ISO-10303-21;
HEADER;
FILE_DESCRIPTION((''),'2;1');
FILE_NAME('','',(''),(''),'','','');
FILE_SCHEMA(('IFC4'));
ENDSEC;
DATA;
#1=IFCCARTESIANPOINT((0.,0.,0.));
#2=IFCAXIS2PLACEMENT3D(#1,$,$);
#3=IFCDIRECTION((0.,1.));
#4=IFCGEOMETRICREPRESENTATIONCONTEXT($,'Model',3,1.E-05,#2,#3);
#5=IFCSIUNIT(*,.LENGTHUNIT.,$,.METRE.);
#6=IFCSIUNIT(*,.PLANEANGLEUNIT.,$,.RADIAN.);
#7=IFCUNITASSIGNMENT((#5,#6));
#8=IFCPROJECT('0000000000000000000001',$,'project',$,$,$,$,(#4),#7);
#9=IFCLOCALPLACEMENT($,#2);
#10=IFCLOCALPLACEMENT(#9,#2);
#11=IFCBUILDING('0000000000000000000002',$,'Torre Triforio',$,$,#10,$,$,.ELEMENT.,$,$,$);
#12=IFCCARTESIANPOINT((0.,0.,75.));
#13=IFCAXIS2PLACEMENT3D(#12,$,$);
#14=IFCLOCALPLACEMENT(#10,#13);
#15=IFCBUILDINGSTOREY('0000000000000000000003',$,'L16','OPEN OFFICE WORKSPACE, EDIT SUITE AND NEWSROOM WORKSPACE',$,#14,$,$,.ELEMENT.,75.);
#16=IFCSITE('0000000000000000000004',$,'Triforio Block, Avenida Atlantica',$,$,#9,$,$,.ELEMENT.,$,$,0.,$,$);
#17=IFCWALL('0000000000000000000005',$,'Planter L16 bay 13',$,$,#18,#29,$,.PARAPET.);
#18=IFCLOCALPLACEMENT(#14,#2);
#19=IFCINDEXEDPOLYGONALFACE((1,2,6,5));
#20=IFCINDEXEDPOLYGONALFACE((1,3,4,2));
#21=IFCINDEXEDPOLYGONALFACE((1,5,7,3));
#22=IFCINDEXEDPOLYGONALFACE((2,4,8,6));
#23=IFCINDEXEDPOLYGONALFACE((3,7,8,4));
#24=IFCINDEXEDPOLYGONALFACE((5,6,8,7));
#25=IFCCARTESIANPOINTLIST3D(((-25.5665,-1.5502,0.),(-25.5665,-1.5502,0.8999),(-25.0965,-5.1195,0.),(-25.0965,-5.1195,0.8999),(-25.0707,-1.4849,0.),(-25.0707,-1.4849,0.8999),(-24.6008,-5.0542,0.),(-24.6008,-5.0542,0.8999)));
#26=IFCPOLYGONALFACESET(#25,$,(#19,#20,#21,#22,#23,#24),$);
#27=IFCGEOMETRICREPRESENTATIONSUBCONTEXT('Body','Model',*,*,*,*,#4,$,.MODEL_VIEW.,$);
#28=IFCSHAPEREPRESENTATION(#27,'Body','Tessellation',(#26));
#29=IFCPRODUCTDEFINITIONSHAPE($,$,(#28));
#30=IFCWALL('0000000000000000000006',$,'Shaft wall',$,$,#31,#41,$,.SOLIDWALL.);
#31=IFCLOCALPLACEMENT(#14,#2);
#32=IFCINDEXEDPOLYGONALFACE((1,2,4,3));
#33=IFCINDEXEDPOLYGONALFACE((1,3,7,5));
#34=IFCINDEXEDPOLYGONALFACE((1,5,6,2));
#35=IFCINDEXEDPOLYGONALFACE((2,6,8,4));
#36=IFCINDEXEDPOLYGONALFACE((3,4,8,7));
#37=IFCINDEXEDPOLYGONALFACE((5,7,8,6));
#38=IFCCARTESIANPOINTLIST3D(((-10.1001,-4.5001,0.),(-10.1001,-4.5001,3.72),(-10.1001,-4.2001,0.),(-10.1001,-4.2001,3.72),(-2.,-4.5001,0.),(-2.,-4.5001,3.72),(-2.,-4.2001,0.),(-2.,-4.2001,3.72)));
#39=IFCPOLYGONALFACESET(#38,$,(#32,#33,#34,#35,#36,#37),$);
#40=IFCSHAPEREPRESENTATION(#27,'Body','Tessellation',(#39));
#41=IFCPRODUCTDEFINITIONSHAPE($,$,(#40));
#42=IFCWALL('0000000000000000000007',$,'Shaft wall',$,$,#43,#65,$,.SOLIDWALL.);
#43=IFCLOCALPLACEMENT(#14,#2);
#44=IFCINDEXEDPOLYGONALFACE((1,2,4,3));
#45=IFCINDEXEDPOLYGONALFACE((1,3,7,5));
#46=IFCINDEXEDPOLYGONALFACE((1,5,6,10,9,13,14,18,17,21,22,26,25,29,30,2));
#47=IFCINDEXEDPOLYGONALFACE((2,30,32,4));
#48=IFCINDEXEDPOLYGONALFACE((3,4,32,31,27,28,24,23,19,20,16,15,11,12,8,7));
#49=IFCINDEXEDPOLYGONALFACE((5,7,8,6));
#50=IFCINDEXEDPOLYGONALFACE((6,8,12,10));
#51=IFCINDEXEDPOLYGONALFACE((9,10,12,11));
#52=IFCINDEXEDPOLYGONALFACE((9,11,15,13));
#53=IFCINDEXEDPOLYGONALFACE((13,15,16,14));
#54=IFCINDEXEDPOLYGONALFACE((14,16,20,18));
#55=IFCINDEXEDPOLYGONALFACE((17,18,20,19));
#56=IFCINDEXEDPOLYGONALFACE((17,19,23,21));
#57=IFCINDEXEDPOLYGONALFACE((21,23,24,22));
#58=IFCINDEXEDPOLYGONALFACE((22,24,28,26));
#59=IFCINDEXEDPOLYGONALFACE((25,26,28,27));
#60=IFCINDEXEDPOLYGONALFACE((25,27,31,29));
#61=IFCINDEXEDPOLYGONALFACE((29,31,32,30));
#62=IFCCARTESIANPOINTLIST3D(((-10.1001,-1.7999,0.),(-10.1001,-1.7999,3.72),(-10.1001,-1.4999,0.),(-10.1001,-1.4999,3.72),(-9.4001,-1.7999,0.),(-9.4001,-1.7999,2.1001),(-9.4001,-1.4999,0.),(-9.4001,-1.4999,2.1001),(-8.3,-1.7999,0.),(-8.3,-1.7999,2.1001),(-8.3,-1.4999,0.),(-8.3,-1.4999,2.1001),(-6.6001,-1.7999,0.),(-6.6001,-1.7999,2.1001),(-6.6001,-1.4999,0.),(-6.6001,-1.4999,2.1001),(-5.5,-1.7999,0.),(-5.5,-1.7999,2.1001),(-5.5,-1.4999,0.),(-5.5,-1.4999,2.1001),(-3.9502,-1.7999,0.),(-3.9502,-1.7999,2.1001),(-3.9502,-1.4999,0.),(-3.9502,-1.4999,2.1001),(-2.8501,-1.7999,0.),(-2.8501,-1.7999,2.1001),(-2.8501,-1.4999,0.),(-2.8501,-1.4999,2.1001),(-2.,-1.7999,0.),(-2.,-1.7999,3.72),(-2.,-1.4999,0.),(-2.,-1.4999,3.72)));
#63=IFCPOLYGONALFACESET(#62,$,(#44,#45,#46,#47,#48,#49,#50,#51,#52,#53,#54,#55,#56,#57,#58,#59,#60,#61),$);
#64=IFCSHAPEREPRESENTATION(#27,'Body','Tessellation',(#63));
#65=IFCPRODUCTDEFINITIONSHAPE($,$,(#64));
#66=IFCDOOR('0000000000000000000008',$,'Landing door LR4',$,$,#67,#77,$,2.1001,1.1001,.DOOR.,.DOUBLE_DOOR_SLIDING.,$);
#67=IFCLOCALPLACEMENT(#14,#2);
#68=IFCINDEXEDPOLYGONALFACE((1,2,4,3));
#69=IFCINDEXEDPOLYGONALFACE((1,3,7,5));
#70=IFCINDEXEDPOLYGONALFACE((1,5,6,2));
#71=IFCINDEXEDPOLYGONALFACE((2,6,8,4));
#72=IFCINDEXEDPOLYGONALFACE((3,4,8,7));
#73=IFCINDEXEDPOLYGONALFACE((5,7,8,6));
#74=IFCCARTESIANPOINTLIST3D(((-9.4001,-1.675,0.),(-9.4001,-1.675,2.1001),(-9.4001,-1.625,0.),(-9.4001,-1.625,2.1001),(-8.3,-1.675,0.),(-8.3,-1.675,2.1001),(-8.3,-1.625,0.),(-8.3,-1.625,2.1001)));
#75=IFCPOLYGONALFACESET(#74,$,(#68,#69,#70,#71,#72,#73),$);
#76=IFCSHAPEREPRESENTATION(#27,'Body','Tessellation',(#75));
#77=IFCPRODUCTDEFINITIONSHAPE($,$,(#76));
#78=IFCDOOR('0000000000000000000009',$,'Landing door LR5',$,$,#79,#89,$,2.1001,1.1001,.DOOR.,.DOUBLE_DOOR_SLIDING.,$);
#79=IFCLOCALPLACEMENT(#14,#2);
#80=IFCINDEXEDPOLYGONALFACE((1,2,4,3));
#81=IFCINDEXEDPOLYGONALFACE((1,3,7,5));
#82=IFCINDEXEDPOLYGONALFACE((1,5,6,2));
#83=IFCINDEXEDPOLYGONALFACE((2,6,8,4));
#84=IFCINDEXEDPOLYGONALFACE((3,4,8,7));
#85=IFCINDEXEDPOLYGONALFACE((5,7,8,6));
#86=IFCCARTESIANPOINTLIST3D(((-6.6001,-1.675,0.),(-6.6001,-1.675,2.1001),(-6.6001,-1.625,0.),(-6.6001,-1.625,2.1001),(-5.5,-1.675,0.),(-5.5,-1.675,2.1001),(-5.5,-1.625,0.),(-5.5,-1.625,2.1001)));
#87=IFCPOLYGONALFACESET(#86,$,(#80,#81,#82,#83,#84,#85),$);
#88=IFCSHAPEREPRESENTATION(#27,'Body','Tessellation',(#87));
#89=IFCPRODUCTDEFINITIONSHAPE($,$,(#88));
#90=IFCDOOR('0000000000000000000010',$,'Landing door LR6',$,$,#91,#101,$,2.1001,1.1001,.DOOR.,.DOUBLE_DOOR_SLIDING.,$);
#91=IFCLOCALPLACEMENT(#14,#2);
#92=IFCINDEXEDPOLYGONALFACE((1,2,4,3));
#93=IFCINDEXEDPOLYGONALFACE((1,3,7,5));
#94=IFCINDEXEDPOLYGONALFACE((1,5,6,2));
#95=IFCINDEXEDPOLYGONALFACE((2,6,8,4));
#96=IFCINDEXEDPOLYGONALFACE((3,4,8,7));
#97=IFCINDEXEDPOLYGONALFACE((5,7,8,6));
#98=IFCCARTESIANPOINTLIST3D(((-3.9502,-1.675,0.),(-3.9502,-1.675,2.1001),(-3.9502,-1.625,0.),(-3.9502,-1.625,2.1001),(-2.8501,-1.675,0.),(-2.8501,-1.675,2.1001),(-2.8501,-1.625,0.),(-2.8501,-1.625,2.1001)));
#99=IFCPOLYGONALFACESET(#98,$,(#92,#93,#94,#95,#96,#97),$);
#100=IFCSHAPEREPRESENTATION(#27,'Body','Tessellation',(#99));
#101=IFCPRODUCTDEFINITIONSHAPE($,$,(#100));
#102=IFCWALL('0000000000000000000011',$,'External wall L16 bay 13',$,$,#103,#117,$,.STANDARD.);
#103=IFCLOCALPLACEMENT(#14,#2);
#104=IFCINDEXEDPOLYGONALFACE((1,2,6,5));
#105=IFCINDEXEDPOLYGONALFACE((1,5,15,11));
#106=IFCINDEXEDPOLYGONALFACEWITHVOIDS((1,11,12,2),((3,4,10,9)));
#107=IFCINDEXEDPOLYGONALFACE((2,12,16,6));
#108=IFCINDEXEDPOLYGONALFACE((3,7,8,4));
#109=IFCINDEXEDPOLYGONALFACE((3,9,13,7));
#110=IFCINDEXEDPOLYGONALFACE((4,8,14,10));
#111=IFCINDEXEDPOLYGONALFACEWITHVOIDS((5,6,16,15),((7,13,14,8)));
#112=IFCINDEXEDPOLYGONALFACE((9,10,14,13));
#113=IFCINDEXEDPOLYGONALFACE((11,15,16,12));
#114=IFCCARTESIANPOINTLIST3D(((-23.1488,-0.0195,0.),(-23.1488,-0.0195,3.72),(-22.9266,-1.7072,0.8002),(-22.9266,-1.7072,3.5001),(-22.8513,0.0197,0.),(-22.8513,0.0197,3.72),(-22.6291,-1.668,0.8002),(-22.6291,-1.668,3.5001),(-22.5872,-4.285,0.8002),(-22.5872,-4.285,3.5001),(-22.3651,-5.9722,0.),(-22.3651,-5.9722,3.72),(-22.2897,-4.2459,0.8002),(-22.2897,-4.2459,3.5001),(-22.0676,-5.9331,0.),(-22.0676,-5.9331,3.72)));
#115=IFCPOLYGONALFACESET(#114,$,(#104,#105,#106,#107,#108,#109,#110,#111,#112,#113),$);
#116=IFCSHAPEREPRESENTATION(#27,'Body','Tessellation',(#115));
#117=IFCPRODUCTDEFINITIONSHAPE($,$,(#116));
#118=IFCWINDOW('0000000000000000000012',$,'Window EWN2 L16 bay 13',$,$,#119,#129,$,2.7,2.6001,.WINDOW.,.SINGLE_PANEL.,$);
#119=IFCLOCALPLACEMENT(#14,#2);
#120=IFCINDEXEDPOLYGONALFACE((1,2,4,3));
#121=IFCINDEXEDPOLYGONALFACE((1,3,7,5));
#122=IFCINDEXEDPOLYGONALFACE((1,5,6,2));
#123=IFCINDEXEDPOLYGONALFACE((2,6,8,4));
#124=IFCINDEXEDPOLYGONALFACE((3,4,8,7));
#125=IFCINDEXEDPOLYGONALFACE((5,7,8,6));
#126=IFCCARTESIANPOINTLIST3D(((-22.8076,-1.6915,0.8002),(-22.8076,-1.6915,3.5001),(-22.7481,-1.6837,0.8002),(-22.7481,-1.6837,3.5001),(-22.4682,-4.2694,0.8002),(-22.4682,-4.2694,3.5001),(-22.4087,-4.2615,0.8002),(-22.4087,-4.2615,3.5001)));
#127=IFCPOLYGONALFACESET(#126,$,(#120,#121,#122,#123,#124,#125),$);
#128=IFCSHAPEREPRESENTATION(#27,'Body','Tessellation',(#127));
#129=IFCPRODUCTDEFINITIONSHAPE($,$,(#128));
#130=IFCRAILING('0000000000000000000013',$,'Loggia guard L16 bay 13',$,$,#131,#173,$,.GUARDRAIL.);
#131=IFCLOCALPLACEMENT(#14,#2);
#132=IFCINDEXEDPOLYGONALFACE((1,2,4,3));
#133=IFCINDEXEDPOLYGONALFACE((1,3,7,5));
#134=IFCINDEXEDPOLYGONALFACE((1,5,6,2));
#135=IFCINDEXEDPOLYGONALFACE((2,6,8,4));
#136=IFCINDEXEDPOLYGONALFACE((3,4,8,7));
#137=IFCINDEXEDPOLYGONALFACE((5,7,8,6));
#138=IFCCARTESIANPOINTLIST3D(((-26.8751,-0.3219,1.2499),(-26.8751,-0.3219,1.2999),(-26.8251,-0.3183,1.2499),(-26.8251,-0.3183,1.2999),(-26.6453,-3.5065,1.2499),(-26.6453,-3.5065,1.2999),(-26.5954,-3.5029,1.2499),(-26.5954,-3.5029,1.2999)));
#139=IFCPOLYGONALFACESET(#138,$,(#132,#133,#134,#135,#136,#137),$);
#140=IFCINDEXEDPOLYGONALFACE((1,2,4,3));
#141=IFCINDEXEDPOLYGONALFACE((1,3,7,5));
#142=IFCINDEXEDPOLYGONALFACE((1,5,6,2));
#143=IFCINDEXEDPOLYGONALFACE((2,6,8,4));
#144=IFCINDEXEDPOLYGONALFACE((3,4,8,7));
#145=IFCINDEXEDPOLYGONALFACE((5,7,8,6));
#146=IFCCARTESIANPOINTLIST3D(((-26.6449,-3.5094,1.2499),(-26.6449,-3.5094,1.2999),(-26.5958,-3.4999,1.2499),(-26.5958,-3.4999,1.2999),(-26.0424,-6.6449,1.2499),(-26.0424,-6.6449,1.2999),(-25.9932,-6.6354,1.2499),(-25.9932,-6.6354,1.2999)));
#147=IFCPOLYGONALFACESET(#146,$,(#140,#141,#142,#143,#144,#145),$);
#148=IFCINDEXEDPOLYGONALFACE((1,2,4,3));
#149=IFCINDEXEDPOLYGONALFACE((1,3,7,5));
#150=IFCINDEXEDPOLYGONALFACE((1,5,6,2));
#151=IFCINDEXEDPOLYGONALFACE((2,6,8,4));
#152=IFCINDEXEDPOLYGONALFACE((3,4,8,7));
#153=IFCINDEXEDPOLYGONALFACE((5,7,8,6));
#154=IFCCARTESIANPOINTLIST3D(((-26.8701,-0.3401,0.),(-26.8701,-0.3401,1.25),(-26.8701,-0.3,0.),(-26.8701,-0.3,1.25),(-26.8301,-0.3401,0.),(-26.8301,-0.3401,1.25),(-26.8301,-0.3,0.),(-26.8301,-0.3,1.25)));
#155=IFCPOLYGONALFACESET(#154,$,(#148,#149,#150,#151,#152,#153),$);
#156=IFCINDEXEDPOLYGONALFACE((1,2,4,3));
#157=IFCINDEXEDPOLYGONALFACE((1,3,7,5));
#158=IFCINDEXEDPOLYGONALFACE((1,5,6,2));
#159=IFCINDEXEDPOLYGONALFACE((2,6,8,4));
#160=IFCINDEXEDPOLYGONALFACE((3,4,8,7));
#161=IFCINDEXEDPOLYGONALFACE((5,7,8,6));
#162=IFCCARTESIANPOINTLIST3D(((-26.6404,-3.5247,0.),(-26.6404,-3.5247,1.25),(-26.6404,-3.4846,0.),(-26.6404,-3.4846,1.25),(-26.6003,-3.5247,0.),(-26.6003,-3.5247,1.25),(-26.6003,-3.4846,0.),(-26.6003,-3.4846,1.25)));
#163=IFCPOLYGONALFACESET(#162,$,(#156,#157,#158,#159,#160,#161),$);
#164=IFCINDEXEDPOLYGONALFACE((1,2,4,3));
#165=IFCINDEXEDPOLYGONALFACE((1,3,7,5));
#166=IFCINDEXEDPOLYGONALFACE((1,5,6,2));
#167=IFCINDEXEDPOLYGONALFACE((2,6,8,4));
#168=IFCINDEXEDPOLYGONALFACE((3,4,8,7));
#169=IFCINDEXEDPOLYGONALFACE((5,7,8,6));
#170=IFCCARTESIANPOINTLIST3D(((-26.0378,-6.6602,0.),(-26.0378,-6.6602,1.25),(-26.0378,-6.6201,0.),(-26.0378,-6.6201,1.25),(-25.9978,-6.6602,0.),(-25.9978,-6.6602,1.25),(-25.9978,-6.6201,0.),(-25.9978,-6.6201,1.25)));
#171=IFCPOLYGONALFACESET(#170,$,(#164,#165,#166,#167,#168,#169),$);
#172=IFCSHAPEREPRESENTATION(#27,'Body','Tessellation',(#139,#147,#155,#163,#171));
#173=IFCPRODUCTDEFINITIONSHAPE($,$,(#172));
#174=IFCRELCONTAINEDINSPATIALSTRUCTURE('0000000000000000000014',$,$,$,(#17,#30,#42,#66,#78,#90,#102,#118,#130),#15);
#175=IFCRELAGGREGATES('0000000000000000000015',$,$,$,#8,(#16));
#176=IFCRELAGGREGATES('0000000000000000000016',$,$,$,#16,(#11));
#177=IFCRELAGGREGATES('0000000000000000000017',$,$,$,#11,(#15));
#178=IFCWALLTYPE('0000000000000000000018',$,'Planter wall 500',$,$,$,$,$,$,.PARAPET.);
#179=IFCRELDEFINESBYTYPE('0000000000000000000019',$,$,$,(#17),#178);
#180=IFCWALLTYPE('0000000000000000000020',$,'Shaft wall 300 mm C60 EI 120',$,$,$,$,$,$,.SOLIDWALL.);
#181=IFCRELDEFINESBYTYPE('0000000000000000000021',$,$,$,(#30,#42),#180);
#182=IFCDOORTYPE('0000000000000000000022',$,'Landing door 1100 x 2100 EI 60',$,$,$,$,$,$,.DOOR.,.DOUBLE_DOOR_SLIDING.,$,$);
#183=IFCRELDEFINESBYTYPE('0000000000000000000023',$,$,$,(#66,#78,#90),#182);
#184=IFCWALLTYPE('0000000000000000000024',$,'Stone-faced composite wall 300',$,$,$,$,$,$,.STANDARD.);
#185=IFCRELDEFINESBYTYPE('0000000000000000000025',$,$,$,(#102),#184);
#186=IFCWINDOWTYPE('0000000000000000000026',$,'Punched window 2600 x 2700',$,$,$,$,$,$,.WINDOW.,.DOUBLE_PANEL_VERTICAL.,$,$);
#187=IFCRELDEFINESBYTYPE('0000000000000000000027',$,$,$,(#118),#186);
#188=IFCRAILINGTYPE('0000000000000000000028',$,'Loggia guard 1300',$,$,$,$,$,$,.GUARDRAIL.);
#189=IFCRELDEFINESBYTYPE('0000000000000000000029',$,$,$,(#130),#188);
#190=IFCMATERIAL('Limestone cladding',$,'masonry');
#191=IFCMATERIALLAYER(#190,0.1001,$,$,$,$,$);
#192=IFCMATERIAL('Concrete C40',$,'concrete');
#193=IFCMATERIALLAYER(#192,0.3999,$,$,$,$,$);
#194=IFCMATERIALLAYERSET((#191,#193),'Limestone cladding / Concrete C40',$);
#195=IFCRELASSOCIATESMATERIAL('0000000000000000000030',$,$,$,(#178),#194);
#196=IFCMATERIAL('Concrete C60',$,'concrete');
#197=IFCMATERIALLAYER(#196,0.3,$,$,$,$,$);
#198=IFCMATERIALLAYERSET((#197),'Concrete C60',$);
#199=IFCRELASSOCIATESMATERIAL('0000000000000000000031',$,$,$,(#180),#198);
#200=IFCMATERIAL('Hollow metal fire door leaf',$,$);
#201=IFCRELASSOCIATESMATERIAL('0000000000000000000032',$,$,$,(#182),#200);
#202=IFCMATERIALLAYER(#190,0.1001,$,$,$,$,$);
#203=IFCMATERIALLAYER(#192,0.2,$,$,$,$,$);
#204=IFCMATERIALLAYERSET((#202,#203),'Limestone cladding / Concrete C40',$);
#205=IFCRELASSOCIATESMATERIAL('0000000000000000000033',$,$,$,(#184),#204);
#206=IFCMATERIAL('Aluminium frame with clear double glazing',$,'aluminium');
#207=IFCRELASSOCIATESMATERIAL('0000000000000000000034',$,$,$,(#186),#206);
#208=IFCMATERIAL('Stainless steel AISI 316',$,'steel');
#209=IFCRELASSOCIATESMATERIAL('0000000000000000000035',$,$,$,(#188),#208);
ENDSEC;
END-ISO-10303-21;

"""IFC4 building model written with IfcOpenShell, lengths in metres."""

from ifc_helpers import new_model, si_unit, direction, frame, frame_2d, origin, origin_2d, place, context, subcontext, project, spatial, rectangle, extrude, material, layer, layer_set, type_object, element, fill, save


model = new_model("IFC4")

# Units and contexts
model_context = context("Model", 3, precision=1e-05, world=origin(), true_north=direction((0.0, 1.0)))
body_context = subcontext(model_context, "Body", "Model", "MODEL_VIEW")
ifc_project = project(units=[si_unit("LENGTHUNIT", "METRE"), si_unit("PLANEANGLEUNIT", "RADIAN")], contexts=[model_context])

# Site, building, storey
site_placement = place(None, origin())
site = spatial("IfcSite", under=ifc_project, at=site_placement, Name="Triforio Block, Avenida Atlantica", CompositionType="ELEMENT", RefElevation=0.0)
building_placement = place(site_placement, origin())
building = spatial("IfcBuilding", under=site, at=building_placement, Name="Torre Triforio", CompositionType="ELEMENT")
storey_placement = place(building_placement, frame((0.0, 0.0, 75.0)))
storey = spatial("IfcBuildingStorey", under=building, at=storey_placement, Name="L16", Description="OPEN OFFICE WORKSPACE, EDIT SUITE AND NEWSROOM WORKSPACE", CompositionType="ELEMENT", Elevation=75.0)

# Shared definitions
ifc_material_1 = material(Name="Concrete C60", Category="concrete")
ifc_material_2 = material(Name="Hollow metal fire door leaf")

# Walls
ifc_material_3 = material(Name="Limestone cladding", Category="masonry")
ifc_layer_1 = layer(ifc_material_3, 0.1001)
ifc_material_4 = material(Name="Concrete C40", Category="concrete")
ifc_layer_2 = layer(ifc_material_4, 0.3999)
ifc_layer_set_1 = layer_set([ifc_layer_1, ifc_layer_2], Name="Limestone cladding / Concrete C40")
wall_type_1 = type_object("IfcWallType", Name="Planter wall 500", PredefinedType="PARAPET", material=ifc_layer_set_1)
wall_1_placement = place(storey_placement, frame((-25.3186, -1.5176, 0.0), z_axis=(0.0, 0.0, 1.0), x_axis=(0.130542, -0.991443, 0.0)))
element("IfcWall", 1, at=wall_1_placement, inside=storey, type_object=wall_type_1, Name="Planter L16 bay 13", PredefinedType="PARAPET", context=body_context, shape_type="SweptSolid", body=[
    extrude(rectangle(XDim=3.6001, YDim=0.5, at=frame_2d((1.8, 0.0))), origin(), (0.0, 0.0, 1.0), 0.8999),
])
ifc_layer_3 = layer(ifc_material_1, 0.3)
ifc_layer_set_2 = layer_set([ifc_layer_3], Name="Concrete C60")
wall_type_2 = type_object("IfcWallType", Name="Shaft wall 300 mm C60 EI 120", PredefinedType="SOLIDWALL", material=ifc_layer_set_2)
wall_2_placement = place(storey_placement, frame((-10.1001, -4.3501, 0.0), z_axis=(0.0, 0.0, 1.0), x_axis=(1.0, 0.0, 0.0)))
element("IfcWall", 2, at=wall_2_placement, inside=storey, type_object=wall_type_2, Name="Shaft wall", PredefinedType="SOLIDWALL", context=body_context, shape_type="SweptSolid", body=[
    extrude(rectangle(XDim=8.1001, YDim=0.3, at=frame_2d((4.05, 0.0))), origin(), (0.0, 0.0, 1.0), 3.72),
])

# Wall, openings, doors
wall_3_placement = place(storey_placement, frame((-10.1001, -1.6499, 0.0), z_axis=(0.0, 0.0, 1.0), x_axis=(1.0, 0.0, 0.0)))
wall_3 = element("IfcWall", 3, at=wall_3_placement, inside=storey, type_object=wall_type_2, Name="Shaft wall", PredefinedType="SOLIDWALL", context=body_context, shape_type="SweptSolid", body=[
    extrude(rectangle(XDim=8.1001, YDim=0.3, at=frame_2d((4.05, 0.0))), origin(), (0.0, 0.0, 1.0), 3.72),
])
opening_1_placement = place(wall_3_placement, frame((0.7, 0.0, 0.0)))
opening_1 = element("IfcOpeningElement", 4, at=opening_1_placement, cuts=wall_3, PredefinedType="OPENING", context=body_context, shape_type="SweptSolid", body=[
    extrude(rectangle(XDim=1.1001, YDim=2.1001, at=frame_2d((0.55, 1.05))), frame((0.0, 0.1599, 0.0), z_axis=(0.0, -1.0, 0.0), x_axis=(1.0, 0.0, 0.0)), (0.0, 0.0, 1.0), 0.3201),
])
opening_2_placement = place(wall_3_placement, frame((3.5, 0.0, 0.0)))
opening_2 = element("IfcOpeningElement", 5, at=opening_2_placement, cuts=wall_3, PredefinedType="OPENING", context=body_context, shape_type="SweptSolid", body=[
    extrude(rectangle(XDim=1.1001, YDim=2.1001, at=frame_2d((0.55, 1.05))), frame((0.0, 0.1599, 0.0), z_axis=(0.0, -1.0, 0.0), x_axis=(1.0, 0.0, 0.0)), (0.0, 0.0, 1.0), 0.3201),
])
opening_3_placement = place(wall_3_placement, frame((6.1499, 0.0, 0.0)))
opening_3 = element("IfcOpeningElement", 6, at=opening_3_placement, cuts=wall_3, PredefinedType="OPENING", context=body_context, shape_type="SweptSolid", body=[
    extrude(rectangle(XDim=1.1001, YDim=2.1001, at=frame_2d((0.55, 1.05))), frame((0.0, 0.1599, 0.0), z_axis=(0.0, -1.0, 0.0), x_axis=(1.0, 0.0, 0.0)), (0.0, 0.0, 1.0), 0.3201),
])
door_type_1 = type_object("IfcDoorType", Name="Landing door 1100 x 2100 EI 60", OperationType="DOUBLE_DOOR_SLIDING", PredefinedType="DOOR", material=ifc_material_2)
door_1_placement = place(opening_1_placement, origin())
door_1 = element("IfcDoor", 7, at=door_1_placement, inside=storey, type_object=door_type_1, Name="Landing door LR4", OperationType="DOUBLE_DOOR_SLIDING", OverallHeight=2.1001, OverallWidth=1.1001, PredefinedType="DOOR", context=body_context, shape_type="SweptSolid", body=[
    extrude(rectangle(XDim=1.1001, YDim=2.1001, at=frame_2d((0.55, 1.05))), frame((0.0, 0.0249, 0.0), z_axis=(0.0, -1.0, 0.0), x_axis=(1.0, 0.0, 0.0)), (0.0, 0.0, 1.0), 0.05),
])
fill(opening_1, door_1)
door_2_placement = place(opening_2_placement, origin())
door_2 = element("IfcDoor", 8, at=door_2_placement, inside=storey, type_object=door_type_1, Name="Landing door LR5", OperationType="DOUBLE_DOOR_SLIDING", OverallHeight=2.1001, OverallWidth=1.1001, PredefinedType="DOOR", context=body_context, shape_type="SweptSolid", body=[
    extrude(rectangle(XDim=1.1001, YDim=2.1001, at=frame_2d((0.55, 1.05))), frame((0.0, 0.0249, 0.0), z_axis=(0.0, -1.0, 0.0), x_axis=(1.0, 0.0, 0.0)), (0.0, 0.0, 1.0), 0.05),
])
fill(opening_2, door_2)
door_3_placement = place(opening_3_placement, origin())
door_3 = element("IfcDoor", 9, at=door_3_placement, inside=storey, type_object=door_type_1, Name="Landing door LR6", OperationType="DOUBLE_DOOR_SLIDING", OverallHeight=2.1001, OverallWidth=1.1001, PredefinedType="DOOR", context=body_context, shape_type="SweptSolid", body=[
    extrude(rectangle(XDim=1.1001, YDim=2.1001, at=frame_2d((0.55, 1.05))), frame((0.0, 0.0249, 0.0), z_axis=(0.0, -1.0, 0.0), x_axis=(1.0, 0.0, 0.0)), (0.0, 0.0, 1.0), 0.05),
])
fill(opening_3, door_3)

# Wall, opening, window
ifc_layer_4 = layer(ifc_material_3, 0.1001)
ifc_layer_5 = layer(ifc_material_4, 0.2)
ifc_layer_set_3 = layer_set([ifc_layer_4, ifc_layer_5], Name="Limestone cladding / Concrete C40")
wall_type_3 = type_object("IfcWallType", Name="Stone-faced composite wall 300", PredefinedType="STANDARD", material=ifc_layer_set_3)
wall_4_placement = place(storey_placement, frame((-23.0, 0.0, 0.0), z_axis=(0.0, 0.0, 1.0), x_axis=(0.130523, -0.991445, 0.0)))
wall_4 = element("IfcWall", 10, at=wall_4_placement, inside=storey, type_object=wall_type_3, Name="External wall L16 bay 13", PredefinedType="STANDARD", context=body_context, shape_type="SweptSolid", body=[
    extrude(rectangle(XDim=6.0042, YDim=0.3, at=frame_2d((3.002, 0.0))), origin(), (0.0, 0.0, 1.0), 3.72),
])
opening_4_placement = place(wall_4_placement, frame((1.7021, 0.0, 0.8)))
opening_4 = element("IfcOpeningElement", 11, at=opening_4_placement, cuts=wall_4, PredefinedType="OPENING", context=body_context, shape_type="SweptSolid", body=[
    extrude(rectangle(XDim=2.6001, YDim=2.7, at=frame_2d((1.3, 1.3501))), frame((0.0, 0.1599, 0.0), z_axis=(0.0, -1.0, 0.0), x_axis=(1.0, 0.0, 0.0)), (0.0, 0.0, 1.0), 0.3201),
])
ifc_material_5 = material(Name="Aluminium frame with clear double glazing", Category="aluminium")
window_type_1 = type_object("IfcWindowType", Name="Punched window 2600 x 2700", PartitioningType="DOUBLE_PANEL_VERTICAL", PredefinedType="WINDOW", material=ifc_material_5)
window_1_placement = place(opening_4_placement, origin())
window_1 = element("IfcWindow", 12, at=window_1_placement, inside=storey, type_object=window_type_1, Name="Window EWN2 L16 bay 13", OverallHeight=2.7, OverallWidth=2.6001, PartitioningType="SINGLE_PANEL", PredefinedType="WINDOW", context=body_context, shape_type="SweptSolid", body=[
    extrude(rectangle(XDim=2.6001, YDim=2.7, at=frame_2d((1.3, 1.3501))), frame((0.0, 0.03, 0.0), z_axis=(0.0, -1.0, 0.0), x_axis=(1.0, 0.0, 0.0)), (0.0, 0.0, 1.0), 0.0601),
])
fill(opening_4, window_1)

# Railing
ifc_material_6 = material(Name="Stainless steel AISI 316", Category="steel")
railing_type = type_object("IfcRailingType", Name="Loggia guard 1300", PredefinedType="GUARDRAIL", material=ifc_material_6)
railing_placement = place(storey_placement, frame((-26.8501, -0.3201, 0.0)))
element("IfcRailing", 13, at=railing_placement, inside=storey, type_object=railing_type, Name="Loggia guard L16 bay 13", PredefinedType="GUARDRAIL", context=body_context, shape_type="SweptSolid", body=[
    extrude(rectangle(XDim=0.05, YDim=0.05, at=origin_2d()), frame((0.0, 0.0, 1.2749), z_axis=(0.071953, -0.997408, 0.0), x_axis=(0.997408, 0.071953, 0.0)), (0.0, 0.0, 1.0), 3.1929),
    extrude(rectangle(XDim=0.05, YDim=0.05, at=origin_2d()), frame((0.2297, -3.1846, 1.2749), z_axis=(0.188714, -0.982032, 0.0), x_axis=(0.982032, 0.188714, 0.0)), (0.0, 0.0, 1.0), 3.1929),
    extrude(rectangle(XDim=0.04, YDim=0.04, at=origin_2d()), origin(), (0.0, 0.0, 1.0), 1.25),
    extrude(rectangle(XDim=0.04, YDim=0.04, at=origin_2d()), frame((0.2297, -3.1846, 0.0)), (0.0, 0.0, 1.0), 1.25),
    extrude(rectangle(XDim=0.04, YDim=0.04, at=origin_2d()), frame((0.8323, -6.3201, 0.0)), (0.0, 0.0, 1.0), 1.25),
])

save(model, "model.ifc")
